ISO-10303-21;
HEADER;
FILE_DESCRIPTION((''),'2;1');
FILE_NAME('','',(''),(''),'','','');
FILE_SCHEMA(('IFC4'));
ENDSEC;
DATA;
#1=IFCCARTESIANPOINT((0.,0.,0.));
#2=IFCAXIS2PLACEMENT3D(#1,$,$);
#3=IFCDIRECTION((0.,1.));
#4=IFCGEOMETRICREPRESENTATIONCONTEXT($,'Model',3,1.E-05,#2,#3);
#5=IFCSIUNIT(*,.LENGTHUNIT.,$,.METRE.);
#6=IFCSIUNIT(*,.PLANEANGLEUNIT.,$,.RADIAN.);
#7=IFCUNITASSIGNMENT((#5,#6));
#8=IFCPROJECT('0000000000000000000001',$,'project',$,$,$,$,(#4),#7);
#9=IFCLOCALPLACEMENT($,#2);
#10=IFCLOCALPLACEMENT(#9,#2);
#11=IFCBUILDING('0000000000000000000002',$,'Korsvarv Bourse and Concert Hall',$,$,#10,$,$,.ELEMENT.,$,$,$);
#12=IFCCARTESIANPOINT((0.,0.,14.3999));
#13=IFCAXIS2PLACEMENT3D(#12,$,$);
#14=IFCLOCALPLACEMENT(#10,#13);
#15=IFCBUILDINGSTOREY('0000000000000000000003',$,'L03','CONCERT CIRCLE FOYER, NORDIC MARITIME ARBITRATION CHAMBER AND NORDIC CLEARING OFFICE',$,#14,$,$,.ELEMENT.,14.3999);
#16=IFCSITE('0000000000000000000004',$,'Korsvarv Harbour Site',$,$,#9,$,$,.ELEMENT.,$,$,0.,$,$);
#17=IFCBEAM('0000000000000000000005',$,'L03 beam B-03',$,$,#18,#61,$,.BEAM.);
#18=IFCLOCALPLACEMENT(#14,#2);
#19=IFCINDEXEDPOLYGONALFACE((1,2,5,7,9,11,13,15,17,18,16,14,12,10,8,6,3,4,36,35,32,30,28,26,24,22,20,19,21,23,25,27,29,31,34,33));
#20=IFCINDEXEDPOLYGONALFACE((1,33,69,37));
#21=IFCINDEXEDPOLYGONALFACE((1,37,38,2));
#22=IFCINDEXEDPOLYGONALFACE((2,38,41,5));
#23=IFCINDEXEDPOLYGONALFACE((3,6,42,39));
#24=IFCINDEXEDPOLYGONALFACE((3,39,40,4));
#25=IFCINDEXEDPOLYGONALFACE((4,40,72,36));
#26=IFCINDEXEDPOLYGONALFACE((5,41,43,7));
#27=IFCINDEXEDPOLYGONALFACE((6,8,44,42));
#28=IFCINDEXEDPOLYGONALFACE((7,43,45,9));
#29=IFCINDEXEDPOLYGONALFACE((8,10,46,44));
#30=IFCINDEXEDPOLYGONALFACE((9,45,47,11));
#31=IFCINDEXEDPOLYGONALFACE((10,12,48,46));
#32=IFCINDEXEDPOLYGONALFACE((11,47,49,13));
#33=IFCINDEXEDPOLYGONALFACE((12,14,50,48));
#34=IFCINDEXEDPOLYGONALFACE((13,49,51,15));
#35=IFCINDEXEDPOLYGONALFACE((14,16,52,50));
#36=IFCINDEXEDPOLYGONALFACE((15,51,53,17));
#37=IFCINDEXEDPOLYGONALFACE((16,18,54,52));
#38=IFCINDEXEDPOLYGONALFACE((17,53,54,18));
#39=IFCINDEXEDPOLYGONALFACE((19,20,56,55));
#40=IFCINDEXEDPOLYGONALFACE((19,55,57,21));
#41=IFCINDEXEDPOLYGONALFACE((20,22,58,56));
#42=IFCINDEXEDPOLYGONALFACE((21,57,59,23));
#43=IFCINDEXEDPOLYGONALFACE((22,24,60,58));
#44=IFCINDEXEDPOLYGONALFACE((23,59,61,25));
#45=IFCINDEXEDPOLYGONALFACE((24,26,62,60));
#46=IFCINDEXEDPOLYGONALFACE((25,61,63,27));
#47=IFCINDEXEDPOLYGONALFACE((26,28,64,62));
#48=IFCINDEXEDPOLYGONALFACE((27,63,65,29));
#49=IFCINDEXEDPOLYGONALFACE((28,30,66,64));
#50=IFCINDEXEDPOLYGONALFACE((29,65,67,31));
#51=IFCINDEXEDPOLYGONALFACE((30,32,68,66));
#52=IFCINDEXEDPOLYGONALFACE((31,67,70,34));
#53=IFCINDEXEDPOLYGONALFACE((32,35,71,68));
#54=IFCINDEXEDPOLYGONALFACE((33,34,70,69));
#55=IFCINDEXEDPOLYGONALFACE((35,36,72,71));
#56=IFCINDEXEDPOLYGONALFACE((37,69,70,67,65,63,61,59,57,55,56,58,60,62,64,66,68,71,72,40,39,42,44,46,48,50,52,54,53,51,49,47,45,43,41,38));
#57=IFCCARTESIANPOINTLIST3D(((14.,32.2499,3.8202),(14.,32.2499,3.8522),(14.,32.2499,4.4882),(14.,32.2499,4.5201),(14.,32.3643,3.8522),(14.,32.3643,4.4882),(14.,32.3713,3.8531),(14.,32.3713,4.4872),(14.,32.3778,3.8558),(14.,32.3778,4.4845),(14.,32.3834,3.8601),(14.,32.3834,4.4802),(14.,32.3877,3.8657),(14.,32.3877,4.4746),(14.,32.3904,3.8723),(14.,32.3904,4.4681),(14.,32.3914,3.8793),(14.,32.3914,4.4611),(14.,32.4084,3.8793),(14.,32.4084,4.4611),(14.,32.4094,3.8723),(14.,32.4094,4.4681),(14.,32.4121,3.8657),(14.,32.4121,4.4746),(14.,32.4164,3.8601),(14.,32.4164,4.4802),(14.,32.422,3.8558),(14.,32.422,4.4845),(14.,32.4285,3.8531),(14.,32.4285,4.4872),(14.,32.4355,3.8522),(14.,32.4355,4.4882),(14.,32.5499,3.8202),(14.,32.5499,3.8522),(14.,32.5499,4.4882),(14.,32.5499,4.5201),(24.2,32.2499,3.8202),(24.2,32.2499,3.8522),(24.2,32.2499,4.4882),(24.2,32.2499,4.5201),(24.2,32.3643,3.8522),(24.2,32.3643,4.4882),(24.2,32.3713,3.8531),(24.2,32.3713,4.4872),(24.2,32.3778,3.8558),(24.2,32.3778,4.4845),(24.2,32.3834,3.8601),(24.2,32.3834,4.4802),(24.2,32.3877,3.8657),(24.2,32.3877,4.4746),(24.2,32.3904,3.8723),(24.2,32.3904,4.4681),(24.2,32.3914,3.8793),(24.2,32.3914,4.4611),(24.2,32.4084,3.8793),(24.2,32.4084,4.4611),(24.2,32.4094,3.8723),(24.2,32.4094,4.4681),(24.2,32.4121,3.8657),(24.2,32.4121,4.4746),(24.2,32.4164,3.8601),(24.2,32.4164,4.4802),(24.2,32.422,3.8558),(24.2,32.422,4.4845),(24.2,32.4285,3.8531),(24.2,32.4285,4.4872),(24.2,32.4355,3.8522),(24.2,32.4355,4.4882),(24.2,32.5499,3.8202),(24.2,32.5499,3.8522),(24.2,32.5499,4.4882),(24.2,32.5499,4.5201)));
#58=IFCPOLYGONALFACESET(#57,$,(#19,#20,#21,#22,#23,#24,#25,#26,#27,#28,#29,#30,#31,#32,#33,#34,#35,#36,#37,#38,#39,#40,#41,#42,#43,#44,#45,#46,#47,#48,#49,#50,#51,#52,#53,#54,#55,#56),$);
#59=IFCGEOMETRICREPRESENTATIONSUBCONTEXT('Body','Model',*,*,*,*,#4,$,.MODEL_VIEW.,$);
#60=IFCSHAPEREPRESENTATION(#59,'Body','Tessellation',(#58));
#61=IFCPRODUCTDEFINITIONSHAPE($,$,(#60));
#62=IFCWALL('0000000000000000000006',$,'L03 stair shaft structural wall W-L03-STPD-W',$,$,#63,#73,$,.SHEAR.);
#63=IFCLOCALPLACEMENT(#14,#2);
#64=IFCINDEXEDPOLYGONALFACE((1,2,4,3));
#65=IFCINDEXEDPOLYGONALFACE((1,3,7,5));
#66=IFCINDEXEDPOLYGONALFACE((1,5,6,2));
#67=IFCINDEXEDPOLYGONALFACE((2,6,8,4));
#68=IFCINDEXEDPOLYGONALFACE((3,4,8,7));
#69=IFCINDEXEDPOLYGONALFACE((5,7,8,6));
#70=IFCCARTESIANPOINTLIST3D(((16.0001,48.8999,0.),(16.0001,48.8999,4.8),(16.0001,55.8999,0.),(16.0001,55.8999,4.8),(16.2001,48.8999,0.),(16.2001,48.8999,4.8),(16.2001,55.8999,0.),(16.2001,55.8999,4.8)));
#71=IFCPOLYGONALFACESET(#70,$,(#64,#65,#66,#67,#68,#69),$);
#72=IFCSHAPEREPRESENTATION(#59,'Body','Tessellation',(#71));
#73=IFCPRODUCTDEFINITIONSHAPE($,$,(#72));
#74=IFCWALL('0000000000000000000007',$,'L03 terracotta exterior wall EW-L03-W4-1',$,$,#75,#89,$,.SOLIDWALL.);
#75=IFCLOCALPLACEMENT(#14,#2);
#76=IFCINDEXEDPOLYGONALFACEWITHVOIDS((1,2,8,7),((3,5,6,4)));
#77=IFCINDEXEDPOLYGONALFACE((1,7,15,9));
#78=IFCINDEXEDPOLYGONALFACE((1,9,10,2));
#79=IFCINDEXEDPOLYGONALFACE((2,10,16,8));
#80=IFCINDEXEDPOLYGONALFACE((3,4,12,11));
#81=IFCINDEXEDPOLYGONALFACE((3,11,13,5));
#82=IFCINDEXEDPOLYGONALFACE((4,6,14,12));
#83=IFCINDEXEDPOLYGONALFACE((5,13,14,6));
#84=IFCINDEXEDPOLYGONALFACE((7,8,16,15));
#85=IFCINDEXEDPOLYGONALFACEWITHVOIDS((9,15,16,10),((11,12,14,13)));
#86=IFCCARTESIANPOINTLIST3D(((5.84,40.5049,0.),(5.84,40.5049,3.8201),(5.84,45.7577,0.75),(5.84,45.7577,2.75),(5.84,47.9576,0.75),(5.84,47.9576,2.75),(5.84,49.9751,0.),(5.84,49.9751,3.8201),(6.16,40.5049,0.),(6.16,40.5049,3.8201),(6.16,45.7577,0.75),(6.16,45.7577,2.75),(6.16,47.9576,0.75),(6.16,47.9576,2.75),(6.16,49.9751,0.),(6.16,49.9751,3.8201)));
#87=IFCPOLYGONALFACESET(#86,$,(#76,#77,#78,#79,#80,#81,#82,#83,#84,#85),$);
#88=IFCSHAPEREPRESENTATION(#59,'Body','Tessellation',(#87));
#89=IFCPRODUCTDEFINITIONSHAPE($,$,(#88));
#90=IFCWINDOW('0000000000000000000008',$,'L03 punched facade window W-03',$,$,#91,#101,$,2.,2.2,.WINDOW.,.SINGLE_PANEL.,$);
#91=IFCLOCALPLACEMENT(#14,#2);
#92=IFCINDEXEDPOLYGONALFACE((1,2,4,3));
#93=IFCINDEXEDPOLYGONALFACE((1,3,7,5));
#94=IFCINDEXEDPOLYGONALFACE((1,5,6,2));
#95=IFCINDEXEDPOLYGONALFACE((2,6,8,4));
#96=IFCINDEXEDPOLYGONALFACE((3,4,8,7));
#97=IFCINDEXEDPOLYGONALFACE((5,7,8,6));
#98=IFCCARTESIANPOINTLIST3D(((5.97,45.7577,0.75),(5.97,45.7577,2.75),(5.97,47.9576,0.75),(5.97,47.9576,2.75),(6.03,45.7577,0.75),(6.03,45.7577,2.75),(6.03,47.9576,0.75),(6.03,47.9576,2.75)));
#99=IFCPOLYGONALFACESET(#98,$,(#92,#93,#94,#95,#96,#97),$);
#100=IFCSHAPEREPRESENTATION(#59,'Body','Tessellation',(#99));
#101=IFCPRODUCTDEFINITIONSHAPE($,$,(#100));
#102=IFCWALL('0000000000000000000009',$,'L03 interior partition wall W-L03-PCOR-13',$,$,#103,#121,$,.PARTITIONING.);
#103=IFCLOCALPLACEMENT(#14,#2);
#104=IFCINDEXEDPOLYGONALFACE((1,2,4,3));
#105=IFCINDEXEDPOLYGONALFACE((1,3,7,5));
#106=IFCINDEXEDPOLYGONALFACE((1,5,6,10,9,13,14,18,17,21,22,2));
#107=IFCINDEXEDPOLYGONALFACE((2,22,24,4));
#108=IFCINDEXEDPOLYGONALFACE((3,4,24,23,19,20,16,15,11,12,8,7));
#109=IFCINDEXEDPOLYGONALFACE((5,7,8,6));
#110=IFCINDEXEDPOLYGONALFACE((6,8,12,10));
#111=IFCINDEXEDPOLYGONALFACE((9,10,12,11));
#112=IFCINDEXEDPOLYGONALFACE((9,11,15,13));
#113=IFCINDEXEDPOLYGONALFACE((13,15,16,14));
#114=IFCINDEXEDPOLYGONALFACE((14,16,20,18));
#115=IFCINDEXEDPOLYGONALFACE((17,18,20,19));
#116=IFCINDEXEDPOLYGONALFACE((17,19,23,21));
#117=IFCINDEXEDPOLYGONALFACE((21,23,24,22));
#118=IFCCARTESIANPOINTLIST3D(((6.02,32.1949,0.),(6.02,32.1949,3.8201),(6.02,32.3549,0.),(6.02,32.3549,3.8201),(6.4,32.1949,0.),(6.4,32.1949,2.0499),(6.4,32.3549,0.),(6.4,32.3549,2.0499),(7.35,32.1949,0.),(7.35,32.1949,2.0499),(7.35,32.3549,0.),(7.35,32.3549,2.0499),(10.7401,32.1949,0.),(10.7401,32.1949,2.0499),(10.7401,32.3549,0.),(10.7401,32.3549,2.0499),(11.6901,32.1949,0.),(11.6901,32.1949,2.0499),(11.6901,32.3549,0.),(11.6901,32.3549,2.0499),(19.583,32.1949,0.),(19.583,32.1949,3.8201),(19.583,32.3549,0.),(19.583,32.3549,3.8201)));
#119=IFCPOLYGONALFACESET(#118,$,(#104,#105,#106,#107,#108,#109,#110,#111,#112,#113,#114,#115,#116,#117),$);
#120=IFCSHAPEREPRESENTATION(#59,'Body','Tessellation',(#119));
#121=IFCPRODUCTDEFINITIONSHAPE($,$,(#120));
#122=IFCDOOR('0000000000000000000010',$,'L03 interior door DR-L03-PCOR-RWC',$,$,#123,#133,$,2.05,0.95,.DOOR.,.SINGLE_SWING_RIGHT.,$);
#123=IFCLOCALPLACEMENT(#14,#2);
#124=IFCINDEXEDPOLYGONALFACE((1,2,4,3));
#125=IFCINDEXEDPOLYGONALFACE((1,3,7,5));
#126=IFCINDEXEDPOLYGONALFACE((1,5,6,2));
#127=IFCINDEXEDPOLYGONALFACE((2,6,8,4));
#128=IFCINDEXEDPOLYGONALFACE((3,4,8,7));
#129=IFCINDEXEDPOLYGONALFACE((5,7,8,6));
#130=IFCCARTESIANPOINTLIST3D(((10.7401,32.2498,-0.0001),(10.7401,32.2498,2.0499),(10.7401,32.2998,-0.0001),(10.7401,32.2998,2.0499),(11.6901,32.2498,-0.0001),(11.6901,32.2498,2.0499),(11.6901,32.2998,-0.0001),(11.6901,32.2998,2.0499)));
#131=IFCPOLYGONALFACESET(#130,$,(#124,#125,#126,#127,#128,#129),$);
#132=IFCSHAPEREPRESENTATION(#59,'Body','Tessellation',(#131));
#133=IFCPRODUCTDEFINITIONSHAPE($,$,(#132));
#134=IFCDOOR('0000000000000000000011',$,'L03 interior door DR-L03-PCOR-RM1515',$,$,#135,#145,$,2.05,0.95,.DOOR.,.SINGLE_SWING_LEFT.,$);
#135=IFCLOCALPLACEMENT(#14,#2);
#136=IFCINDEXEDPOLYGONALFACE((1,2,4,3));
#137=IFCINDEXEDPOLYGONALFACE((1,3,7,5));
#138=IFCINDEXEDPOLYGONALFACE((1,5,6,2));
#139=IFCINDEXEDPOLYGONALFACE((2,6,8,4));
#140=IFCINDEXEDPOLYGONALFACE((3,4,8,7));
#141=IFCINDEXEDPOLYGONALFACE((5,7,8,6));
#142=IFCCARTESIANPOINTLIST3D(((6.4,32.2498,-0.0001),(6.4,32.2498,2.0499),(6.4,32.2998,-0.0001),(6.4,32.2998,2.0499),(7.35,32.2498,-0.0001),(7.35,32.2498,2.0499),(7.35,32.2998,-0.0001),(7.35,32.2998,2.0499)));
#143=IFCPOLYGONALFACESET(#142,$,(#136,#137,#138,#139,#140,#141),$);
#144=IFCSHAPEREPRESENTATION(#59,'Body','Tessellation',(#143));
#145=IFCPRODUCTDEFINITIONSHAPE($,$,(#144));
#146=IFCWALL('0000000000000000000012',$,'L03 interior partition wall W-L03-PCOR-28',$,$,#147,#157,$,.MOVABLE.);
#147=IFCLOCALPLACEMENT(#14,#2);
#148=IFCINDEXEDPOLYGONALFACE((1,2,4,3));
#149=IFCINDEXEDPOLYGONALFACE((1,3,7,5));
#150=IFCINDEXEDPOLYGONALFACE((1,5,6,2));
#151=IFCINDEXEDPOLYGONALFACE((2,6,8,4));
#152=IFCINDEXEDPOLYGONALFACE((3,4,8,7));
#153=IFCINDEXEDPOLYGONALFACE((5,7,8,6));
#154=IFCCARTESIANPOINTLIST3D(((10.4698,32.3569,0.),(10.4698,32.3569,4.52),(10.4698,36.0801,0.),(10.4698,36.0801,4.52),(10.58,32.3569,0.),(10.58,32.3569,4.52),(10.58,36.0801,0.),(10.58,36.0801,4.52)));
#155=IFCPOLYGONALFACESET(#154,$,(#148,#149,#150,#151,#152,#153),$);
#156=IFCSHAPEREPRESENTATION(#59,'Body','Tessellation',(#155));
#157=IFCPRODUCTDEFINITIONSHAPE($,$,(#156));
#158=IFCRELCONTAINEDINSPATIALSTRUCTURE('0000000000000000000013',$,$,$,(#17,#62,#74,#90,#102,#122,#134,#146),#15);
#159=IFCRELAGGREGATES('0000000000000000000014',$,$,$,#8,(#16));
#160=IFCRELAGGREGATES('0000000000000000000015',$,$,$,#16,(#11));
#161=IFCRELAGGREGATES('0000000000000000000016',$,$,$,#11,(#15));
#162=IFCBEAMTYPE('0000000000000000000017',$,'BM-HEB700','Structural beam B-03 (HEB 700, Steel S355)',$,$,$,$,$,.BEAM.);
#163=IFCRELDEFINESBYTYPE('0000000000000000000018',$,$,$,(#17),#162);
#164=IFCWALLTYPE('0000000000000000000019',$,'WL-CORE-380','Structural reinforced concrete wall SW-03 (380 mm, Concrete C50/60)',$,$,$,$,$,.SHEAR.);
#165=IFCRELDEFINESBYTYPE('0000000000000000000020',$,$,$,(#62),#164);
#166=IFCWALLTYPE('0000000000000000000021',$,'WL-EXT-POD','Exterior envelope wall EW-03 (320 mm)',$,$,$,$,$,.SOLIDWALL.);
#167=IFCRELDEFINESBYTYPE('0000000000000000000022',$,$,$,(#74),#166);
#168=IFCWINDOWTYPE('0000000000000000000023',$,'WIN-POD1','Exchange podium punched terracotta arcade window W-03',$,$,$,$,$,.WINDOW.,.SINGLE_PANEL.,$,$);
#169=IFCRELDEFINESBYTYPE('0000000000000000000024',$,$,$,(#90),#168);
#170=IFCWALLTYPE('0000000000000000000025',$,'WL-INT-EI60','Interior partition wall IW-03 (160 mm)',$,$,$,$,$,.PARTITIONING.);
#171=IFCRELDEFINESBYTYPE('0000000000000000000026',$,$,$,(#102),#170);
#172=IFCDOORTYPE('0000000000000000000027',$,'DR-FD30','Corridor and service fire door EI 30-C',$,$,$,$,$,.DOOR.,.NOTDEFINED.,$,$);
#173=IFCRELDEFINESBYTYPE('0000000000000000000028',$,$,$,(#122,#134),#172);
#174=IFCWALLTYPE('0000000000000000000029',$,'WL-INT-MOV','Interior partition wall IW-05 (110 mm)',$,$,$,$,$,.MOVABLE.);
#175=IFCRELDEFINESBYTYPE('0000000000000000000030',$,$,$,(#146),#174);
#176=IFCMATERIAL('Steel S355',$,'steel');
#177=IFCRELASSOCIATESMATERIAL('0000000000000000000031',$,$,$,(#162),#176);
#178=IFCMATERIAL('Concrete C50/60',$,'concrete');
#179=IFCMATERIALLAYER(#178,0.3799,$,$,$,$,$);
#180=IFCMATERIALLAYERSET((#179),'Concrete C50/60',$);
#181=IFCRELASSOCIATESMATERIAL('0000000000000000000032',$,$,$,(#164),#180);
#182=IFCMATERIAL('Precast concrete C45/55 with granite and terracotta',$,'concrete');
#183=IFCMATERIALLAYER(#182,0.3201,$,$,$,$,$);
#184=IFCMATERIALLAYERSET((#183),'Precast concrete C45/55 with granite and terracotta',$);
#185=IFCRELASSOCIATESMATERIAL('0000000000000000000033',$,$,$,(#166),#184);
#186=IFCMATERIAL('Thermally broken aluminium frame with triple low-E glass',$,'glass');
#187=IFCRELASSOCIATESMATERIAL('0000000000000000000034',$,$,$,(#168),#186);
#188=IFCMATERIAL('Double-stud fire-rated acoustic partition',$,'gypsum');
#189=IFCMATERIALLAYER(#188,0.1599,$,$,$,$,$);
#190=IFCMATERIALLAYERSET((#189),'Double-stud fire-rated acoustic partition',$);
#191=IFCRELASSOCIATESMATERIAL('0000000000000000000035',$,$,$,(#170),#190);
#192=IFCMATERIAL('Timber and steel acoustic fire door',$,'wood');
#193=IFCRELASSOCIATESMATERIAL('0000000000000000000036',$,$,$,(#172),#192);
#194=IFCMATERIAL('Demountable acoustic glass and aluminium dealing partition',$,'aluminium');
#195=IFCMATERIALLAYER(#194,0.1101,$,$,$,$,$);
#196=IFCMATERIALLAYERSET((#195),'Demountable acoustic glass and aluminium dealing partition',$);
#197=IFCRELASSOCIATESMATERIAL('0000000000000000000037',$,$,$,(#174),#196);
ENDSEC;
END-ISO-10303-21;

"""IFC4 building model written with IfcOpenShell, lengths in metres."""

from ifc_helpers import new_model, si_unit, direction, frame, frame_2d, origin, origin_2d, place, context, subcontext, project, spatial, rectangle, i_section, extrude, source, transform, mapped, material, layer, layer_set, material_profile, profile_set, type_object, element, fill, save


model = new_model("IFC4")

# Units and contexts
model_context = context("Model", 3, precision=1e-05, world=origin(), true_north=direction((0.0, 1.0)))
body_context = subcontext(model_context, "Body", "Model", "MODEL_VIEW")
ifc_project = project(units=[si_unit("LENGTHUNIT", "METRE"), si_unit("PLANEANGLEUNIT", "RADIAN")], contexts=[model_context])

# Site, building, storey
site_placement = place(None, origin())
site = spatial("IfcSite", under=ifc_project, at=site_placement, Name="Korsvarv Harbour Site", CompositionType="ELEMENT", RefElevation=0.0)
building_placement = place(site_placement, origin())
building = spatial("IfcBuilding", under=site, at=building_placement, Name="Korsvarv Bourse and Concert Hall", CompositionType="ELEMENT")
storey_placement = place(building_placement, frame((0.0, 0.0, 14.3999)))
storey = spatial("IfcBuildingStorey", under=building, at=storey_placement, Name="L03", Description="CONCERT CIRCLE FOYER, NORDIC MARITIME ARBITRATION CHAMBER AND NORDIC CLEARING OFFICE", CompositionType="ELEMENT", Elevation=14.3999)

# Beam
ifc_material_1 = material(Name="Steel S355", Category="steel")
ifc_material_profile_1 = material_profile(ifc_material_1, i_section(OverallWidth=0.3, OverallDepth=0.7, WebThickness=0.0171, FlangeThickness=0.032, FilletRadius=0.0271, at=origin_2d()), Name="HEB 700")
ifc_profile_set_1 = profile_set([ifc_material_profile_1], Name="Steel S355")
beam_type = type_object("IfcBeamType", Name="BM-HEB700", Description="Structural beam B-03 (HEB 700, Steel S355)", PredefinedType="BEAM", material=ifc_profile_set_1)
shared_shape_1 = source(origin(), body_context, "Body", "SweptSolid", [
    extrude(i_section(OverallWidth=0.3, OverallDepth=0.7, WebThickness=0.0171, FlangeThickness=0.032, FilletRadius=0.0271, at=origin_2d()), origin(), (0.0, 0.0, 1.0), 10.2),
])
beam_1_placement = place(storey_placement, frame((14.0, 32.3999, 4.1702), z_axis=(1.0, 0.0, 0.0), x_axis=(0.0, 1.0, 0.0)))
element("IfcBeam", 1, at=beam_1_placement, inside=storey, type_object=beam_type, Name="L03 beam B-03", PredefinedType="BEAM", context=body_context, shape_type="MappedRepresentation", body=[
    mapped(shared_shape_1, transform((0.0, 0.0, 0.0), scale=1.0)),
])

# Wall
ifc_material_2 = material(Name="Concrete C50/60", Category="concrete")
ifc_layer_1 = layer(ifc_material_2, 0.3799)
ifc_layer_set_1 = layer_set([ifc_layer_1], Name="Concrete C50/60")
wall_type_1 = type_object("IfcWallType", Name="WL-CORE-380", Description="Structural reinforced concrete wall SW-03 (380 mm, Concrete C50/60)", PredefinedType="SHEAR", material=ifc_layer_set_1)
wall_1_placement = place(storey_placement, frame((16.1001, 48.8999, 0.0), z_axis=(0.0, 0.0, 1.0), x_axis=(0.0, 1.0, 0.0)))
element("IfcWall", 2, at=wall_1_placement, inside=storey, type_object=wall_type_1, Name="L03 stair shaft structural wall W-L03-STPD-W", PredefinedType="SHEAR", context=body_context, shape_type="SweptSolid", body=[
    extrude(rectangle(XDim=7.0, YDim=0.2, at=frame_2d((3.5, 0.0))), origin(), (0.0, 0.0, 1.0), 4.8),
])

# Wall, opening, window
ifc_material_3 = material(Name="Precast concrete C45/55 with granite and terracotta", Category="concrete")
ifc_layer_2 = layer(ifc_material_3, 0.3201)
ifc_layer_set_2 = layer_set([ifc_layer_2], Name="Precast concrete C45/55 with granite and terracotta")
wall_type_2 = type_object("IfcWallType", Name="WL-EXT-POD", Description="Exterior envelope wall EW-03 (320 mm)", PredefinedType="SOLIDWALL", material=ifc_layer_set_2)
wall_2_placement = place(storey_placement, frame((6.0, 40.5049, 0.0), z_axis=(0.0, 0.0, 1.0), x_axis=(0.0, 1.0, 0.0)))
wall_2 = element("IfcWall", 3, at=wall_2_placement, inside=storey, type_object=wall_type_2, Name="L03 terracotta exterior wall EW-L03-W4-1", PredefinedType="SOLIDWALL", context=body_context, shape_type="SweptSolid", body=[
    extrude(rectangle(XDim=9.4702, YDim=0.3201, at=frame_2d((4.7351, 0.0))), origin(), (0.0, 0.0, 1.0), 3.8201),
])
opening_1_placement = place(wall_2_placement, frame((5.2527, 0.0, 0.75)))
opening_1 = element("IfcOpeningElement", 4, at=opening_1_placement, cuts=wall_2, PredefinedType="OPENING", context=body_context, shape_type="SweptSolid", body=[
    extrude(rectangle(XDim=2.2, YDim=2.0, at=frame_2d((1.1001, 1.0))), frame((0.0, 0.1699, 0.0), z_axis=(0.0, -1.0, 0.0), x_axis=(1.0, 0.0, 0.0)), (0.0, 0.0, 1.0), 0.3401),
])
ifc_material_4 = material(Name="Thermally broken aluminium frame with triple low-E glass", Category="glass")
window_type = type_object("IfcWindowType", Name="WIN-POD1", Description="Exchange podium punched terracotta arcade window W-03", PartitioningType="SINGLE_PANEL", PredefinedType="WINDOW", material=ifc_material_4)
window_placement = place(opening_1_placement, origin())
window = element("IfcWindow", 5, at=window_placement, inside=storey, type_object=window_type, Name="L03 punched facade window W-03", OverallHeight=2.0, OverallWidth=2.2, PartitioningType="SINGLE_PANEL", PredefinedType="WINDOW", context=body_context, shape_type="SweptSolid", body=[
    extrude(rectangle(XDim=2.2, YDim=2.0, at=frame_2d((1.1001, 1.0))), frame((0.0, 0.03, 0.0), z_axis=(0.0, -1.0, 0.0), x_axis=(1.0, 0.0, 0.0)), (0.0, 0.0, 1.0), 0.0601),
])
fill(opening_1, window)

# Wall, openings, doors
ifc_material_5 = material(Name="Double-stud fire-rated acoustic partition", Category="gypsum")
ifc_layer_3 = layer(ifc_material_5, 0.1599)
ifc_layer_set_3 = layer_set([ifc_layer_3], Name="Double-stud fire-rated acoustic partition")
wall_type_3 = type_object("IfcWallType", Name="WL-INT-EI60", Description="Interior partition wall IW-03 (160 mm)", PredefinedType="PARTITIONING", material=ifc_layer_set_3)
wall_3_placement = place(storey_placement, frame((6.02, 32.2749, 0.0), z_axis=(0.0, 0.0, 1.0), x_axis=(1.0, 0.0, 0.0)))
wall_3 = element("IfcWall", 6, at=wall_3_placement, inside=storey, type_object=wall_type_3, Name="L03 interior partition wall W-L03-PCOR-13", PredefinedType="PARTITIONING", context=body_context, shape_type="SweptSolid", body=[
    extrude(rectangle(XDim=13.563, YDim=0.1599, at=frame_2d((6.7815, 0.0))), origin(), (0.0, 0.0, 1.0), 3.8201),
])
opening_2_placement = place(wall_3_placement, frame((4.72, 0.0, 0.0)))
opening_2 = element("IfcOpeningElement", 7, at=opening_2_placement, cuts=wall_3, PredefinedType="OPENING", context=body_context, shape_type="SweptSolid", body=[
    extrude(rectangle(XDim=0.95, YDim=2.05, at=frame_2d((0.4751, 1.0249))), frame((0.0, 0.0898, 0.0), z_axis=(0.0, -1.0, 0.0), x_axis=(1.0, 0.0, 0.0)), (0.0, 0.0, 1.0), 0.1799),
])
opening_3_placement = place(wall_3_placement, frame((0.3799, 0.0, 0.0)))
opening_3 = element("IfcOpeningElement", 8, at=opening_3_placement, cuts=wall_3, PredefinedType="OPENING", context=body_context, shape_type="SweptSolid", body=[
    extrude(rectangle(XDim=0.95, YDim=2.05, at=frame_2d((0.4751, 1.0249))), frame((0.0, 0.0898, 0.0), z_axis=(0.0, -1.0, 0.0), x_axis=(1.0, 0.0, 0.0)), (0.0, 0.0, 1.0), 0.1799),
])
ifc_material_6 = material(Name="Timber and steel acoustic fire door", Category="wood")
door_type_1 = type_object("IfcDoorType", Name="DR-FD30", Description="Corridor and service fire door EI 30-C", OperationType="NOTDEFINED", PredefinedType="DOOR", material=ifc_material_6)
door_1_placement = place(opening_2_placement, origin())
door_1 = element("IfcDoor", 9, at=door_1_placement, inside=storey, type_object=door_type_1, Name="L03 interior door DR-L03-PCOR-RWC", OperationType="SINGLE_SWING_RIGHT", OverallHeight=2.05, OverallWidth=0.95, PredefinedType="DOOR", context=body_context, shape_type="SweptSolid", body=[
    extrude(rectangle(XDim=0.95, YDim=2.05, at=frame_2d((0.4751, 1.0249))), frame((0.0, 0.0249, 0.0), z_axis=(0.0, -1.0, 0.0), x_axis=(1.0, 0.0, 0.0)), (0.0, 0.0, 1.0), 0.05),
])
fill(opening_2, door_1)
door_2_placement = place(opening_3_placement, origin())
door_2 = element("IfcDoor", 10, at=door_2_placement, inside=storey, type_object=door_type_1, Name="L03 interior door DR-L03-PCOR-RM1515", OperationType="SINGLE_SWING_LEFT", OverallHeight=2.05, OverallWidth=0.95, PredefinedType="DOOR", context=body_context, shape_type="SweptSolid", body=[
    extrude(rectangle(XDim=0.95, YDim=2.05, at=frame_2d((0.4751, 1.0249))), frame((0.0, 0.0249, 0.0), z_axis=(0.0, -1.0, 0.0), x_axis=(1.0, 0.0, 0.0)), (0.0, 0.0, 1.0), 0.05),
])
fill(opening_3, door_2)

# Wall
ifc_material_7 = material(Name="Demountable acoustic glass and aluminium dealing partition", Category="aluminium")
ifc_layer_4 = layer(ifc_material_7, 0.1101)
ifc_layer_set_4 = layer_set([ifc_layer_4], Name="Demountable acoustic glass and aluminium dealing partition")
wall_type_4 = type_object("IfcWallType", Name="WL-INT-MOV", Description="Interior partition wall IW-05 (110 mm)", PredefinedType="MOVABLE", material=ifc_layer_set_4)
wall_4_placement = place(storey_placement, frame((10.5249, 32.3569, 0.0), z_axis=(0.0, 0.0, 1.0), x_axis=(0.0, 1.0, 0.0)))
element("IfcWall", 11, at=wall_4_placement, inside=storey, type_object=wall_type_4, Name="L03 interior partition wall W-L03-PCOR-28", PredefinedType="MOVABLE", context=body_context, shape_type="SweptSolid", body=[
    extrude(rectangle(XDim=3.7231, YDim=0.1101, at=frame_2d((1.8616, 0.0))), origin(), (0.0, 0.0, 1.0), 4.52),
])

save(model, "model.ifc")
